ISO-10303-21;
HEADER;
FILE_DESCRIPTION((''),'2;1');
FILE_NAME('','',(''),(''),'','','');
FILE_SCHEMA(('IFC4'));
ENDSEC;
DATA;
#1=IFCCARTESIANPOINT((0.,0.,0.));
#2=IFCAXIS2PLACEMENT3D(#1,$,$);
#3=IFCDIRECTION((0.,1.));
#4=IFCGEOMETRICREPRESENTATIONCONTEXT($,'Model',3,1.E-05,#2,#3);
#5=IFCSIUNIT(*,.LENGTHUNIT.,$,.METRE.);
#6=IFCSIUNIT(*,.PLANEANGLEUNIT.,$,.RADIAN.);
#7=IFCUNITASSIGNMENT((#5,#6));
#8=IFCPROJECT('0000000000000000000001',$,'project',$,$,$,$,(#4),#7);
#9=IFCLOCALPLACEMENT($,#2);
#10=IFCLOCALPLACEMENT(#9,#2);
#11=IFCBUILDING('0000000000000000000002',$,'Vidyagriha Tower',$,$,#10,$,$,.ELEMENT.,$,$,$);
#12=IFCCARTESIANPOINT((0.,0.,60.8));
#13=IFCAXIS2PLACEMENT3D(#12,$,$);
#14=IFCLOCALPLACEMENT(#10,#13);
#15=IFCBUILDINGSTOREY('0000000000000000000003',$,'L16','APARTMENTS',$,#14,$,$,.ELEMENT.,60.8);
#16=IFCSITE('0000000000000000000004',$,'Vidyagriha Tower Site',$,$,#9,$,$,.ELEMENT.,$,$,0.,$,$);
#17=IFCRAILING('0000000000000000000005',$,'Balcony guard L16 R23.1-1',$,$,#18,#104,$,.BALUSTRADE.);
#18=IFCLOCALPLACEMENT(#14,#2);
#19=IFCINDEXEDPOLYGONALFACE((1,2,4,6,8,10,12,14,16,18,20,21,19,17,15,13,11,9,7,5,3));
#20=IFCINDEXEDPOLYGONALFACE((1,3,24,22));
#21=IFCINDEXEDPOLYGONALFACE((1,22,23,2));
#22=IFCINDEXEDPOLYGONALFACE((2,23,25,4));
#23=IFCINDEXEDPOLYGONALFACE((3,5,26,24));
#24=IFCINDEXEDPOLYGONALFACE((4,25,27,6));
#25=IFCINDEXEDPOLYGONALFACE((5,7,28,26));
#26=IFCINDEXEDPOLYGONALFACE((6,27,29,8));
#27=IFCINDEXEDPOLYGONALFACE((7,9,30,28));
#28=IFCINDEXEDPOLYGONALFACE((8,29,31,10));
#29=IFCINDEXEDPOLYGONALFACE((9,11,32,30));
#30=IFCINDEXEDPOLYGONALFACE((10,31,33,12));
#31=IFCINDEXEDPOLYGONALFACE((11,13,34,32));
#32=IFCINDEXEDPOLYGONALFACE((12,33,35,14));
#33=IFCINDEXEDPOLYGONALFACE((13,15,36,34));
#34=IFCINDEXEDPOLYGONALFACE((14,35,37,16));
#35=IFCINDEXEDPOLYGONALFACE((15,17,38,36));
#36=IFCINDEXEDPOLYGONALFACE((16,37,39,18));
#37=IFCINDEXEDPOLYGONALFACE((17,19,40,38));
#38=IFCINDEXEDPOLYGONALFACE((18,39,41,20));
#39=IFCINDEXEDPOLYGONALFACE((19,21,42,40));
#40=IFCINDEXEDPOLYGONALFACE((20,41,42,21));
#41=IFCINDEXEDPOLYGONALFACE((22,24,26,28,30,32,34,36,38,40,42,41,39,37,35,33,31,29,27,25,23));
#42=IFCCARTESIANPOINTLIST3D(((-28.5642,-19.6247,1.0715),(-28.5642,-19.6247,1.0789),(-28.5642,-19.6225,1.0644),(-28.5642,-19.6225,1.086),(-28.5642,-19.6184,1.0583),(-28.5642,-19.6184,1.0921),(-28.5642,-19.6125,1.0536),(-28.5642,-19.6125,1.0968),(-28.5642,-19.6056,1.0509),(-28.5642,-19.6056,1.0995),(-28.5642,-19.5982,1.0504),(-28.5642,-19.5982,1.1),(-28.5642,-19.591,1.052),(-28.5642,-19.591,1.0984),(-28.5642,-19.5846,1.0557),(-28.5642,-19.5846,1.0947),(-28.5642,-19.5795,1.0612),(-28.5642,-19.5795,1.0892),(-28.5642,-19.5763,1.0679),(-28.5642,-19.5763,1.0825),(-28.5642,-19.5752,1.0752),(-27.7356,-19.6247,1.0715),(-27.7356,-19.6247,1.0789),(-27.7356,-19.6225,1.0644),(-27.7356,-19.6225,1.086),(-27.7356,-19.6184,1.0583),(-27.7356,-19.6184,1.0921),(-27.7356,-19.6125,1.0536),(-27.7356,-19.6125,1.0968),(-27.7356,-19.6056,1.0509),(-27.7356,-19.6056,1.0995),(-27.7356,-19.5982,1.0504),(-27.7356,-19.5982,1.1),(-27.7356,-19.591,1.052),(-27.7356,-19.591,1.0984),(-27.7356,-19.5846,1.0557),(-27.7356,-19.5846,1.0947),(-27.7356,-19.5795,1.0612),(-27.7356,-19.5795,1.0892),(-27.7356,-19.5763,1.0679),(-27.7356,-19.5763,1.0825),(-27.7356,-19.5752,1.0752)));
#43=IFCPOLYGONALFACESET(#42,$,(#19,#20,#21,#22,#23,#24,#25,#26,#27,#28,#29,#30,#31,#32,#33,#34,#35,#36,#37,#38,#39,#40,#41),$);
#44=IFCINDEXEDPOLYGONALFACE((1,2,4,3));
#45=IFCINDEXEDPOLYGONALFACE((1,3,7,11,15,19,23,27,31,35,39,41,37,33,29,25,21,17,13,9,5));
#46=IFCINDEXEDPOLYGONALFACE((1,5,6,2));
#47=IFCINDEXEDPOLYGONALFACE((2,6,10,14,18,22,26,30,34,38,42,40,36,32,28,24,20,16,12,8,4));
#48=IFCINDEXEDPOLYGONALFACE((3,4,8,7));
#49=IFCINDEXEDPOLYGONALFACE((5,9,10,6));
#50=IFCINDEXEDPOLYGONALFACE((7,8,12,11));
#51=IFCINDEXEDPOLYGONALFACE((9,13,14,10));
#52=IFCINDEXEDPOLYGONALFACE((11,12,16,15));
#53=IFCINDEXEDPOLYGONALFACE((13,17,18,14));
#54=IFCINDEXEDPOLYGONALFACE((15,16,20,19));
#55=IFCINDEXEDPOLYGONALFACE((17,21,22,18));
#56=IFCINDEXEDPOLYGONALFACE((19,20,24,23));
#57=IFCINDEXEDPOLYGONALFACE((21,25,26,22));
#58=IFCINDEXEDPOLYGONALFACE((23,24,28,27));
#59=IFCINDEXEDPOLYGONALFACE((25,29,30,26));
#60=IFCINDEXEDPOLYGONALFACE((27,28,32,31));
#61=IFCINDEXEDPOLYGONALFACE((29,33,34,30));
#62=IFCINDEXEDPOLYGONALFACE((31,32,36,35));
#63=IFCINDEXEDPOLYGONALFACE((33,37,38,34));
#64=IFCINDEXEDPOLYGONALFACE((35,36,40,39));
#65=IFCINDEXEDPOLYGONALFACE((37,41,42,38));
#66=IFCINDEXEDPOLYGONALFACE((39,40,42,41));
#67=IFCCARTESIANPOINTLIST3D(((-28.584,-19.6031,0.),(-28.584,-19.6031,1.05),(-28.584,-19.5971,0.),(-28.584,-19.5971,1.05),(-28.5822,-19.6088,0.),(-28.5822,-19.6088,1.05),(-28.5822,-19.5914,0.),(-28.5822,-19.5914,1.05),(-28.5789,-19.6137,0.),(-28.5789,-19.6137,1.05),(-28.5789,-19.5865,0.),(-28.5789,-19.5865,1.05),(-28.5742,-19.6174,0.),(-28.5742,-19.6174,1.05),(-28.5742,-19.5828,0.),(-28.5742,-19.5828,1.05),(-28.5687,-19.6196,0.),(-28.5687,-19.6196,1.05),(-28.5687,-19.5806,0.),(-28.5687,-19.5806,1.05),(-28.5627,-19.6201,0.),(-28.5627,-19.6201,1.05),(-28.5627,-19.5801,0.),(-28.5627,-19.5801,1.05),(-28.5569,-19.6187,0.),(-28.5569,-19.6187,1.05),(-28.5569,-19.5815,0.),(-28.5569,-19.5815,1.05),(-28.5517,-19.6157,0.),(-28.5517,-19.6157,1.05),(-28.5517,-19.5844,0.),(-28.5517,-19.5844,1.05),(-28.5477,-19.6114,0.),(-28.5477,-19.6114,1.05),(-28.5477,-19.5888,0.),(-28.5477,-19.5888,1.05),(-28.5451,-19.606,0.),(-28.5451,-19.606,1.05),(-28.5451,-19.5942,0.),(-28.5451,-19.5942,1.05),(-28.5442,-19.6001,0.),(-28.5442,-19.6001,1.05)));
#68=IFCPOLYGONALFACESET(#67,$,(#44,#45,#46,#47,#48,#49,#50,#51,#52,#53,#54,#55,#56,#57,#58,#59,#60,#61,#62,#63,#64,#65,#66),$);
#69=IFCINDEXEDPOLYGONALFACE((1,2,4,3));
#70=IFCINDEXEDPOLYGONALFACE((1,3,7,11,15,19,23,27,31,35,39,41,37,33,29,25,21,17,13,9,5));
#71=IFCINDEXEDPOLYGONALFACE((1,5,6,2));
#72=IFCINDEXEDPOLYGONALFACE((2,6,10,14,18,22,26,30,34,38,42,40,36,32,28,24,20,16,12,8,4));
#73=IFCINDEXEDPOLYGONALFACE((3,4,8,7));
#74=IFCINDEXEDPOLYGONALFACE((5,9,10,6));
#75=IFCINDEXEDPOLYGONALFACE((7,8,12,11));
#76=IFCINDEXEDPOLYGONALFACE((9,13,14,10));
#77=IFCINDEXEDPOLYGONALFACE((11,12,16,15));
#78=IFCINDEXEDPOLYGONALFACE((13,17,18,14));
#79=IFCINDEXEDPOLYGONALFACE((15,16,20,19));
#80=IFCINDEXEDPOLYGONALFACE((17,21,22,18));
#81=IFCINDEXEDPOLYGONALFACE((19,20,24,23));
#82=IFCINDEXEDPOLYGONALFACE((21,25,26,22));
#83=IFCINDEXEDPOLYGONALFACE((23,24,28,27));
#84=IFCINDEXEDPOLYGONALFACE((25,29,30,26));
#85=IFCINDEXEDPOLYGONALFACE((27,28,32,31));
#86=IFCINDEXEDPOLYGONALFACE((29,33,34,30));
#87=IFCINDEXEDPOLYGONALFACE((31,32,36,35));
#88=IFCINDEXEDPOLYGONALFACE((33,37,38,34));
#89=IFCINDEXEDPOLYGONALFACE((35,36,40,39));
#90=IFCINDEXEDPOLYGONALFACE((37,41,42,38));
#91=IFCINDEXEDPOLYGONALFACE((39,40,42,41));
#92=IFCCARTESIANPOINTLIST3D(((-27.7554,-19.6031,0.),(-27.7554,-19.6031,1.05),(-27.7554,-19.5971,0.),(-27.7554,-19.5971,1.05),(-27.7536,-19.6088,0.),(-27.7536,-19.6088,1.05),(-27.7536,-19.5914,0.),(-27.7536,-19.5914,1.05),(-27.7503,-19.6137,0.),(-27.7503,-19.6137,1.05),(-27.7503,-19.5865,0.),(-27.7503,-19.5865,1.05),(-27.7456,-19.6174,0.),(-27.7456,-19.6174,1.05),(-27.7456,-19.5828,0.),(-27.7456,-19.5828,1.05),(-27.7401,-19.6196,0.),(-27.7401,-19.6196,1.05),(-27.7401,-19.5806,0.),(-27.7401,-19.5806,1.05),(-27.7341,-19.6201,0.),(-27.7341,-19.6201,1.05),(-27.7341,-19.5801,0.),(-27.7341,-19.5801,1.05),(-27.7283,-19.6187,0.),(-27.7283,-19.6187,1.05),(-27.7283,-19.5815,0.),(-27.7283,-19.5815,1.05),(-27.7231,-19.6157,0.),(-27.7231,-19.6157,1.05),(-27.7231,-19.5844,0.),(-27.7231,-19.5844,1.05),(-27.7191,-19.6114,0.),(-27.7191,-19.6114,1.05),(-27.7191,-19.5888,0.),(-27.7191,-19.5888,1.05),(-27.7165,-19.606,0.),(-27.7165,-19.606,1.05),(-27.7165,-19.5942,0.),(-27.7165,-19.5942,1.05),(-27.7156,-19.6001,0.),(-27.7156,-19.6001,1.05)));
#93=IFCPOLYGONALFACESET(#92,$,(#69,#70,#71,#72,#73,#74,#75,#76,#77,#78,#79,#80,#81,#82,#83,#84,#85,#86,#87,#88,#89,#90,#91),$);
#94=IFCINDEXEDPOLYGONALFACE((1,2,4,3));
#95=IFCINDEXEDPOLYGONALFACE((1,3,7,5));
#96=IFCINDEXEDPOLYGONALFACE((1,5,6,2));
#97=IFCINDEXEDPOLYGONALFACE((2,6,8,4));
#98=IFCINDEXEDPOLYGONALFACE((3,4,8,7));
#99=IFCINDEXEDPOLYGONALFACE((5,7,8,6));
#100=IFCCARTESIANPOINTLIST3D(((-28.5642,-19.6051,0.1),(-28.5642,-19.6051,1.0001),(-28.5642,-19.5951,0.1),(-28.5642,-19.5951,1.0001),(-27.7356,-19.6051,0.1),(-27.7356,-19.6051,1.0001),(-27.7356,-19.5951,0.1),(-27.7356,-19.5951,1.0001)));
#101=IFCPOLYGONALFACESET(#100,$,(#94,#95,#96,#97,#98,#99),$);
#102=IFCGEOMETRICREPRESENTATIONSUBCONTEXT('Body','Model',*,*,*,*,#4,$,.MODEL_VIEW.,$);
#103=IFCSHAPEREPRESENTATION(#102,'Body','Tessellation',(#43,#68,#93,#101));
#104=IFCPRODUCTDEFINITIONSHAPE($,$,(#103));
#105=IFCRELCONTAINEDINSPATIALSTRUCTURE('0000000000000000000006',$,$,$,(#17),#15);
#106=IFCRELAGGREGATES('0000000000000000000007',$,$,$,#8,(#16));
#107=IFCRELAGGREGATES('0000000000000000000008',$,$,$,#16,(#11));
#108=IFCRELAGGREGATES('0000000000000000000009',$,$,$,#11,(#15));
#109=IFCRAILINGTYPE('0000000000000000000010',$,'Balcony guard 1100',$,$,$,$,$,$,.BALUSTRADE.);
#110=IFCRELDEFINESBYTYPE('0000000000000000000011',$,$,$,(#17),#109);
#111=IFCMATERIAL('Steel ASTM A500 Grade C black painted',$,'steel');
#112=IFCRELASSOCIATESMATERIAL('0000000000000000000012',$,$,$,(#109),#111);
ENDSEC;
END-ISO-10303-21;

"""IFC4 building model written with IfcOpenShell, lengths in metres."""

from ifc_helpers import new_model, si_unit, direction, frame, origin, origin_2d, place, context, subcontext, project, spatial, rectangle, circle, extrude, material, type_object, element, save


model = new_model("IFC4")

# Units and contexts
model_context = context("Model", 3, precision=1e-05, world=origin(), true_north=direction((0.0, 1.0)))
body_context = subcontext(model_context, "Body", "Model", "MODEL_VIEW")
ifc_project = project(units=[si_unit("LENGTHUNIT", "METRE"), si_unit("PLANEANGLEUNIT", "RADIAN")], contexts=[model_context])

# Site, building, storey
site_placement = place(None, origin())
site = spatial("IfcSite", under=ifc_project, at=site_placement, Name="Vidyagriha Tower Site", CompositionType="ELEMENT", RefElevation=0.0)
building_placement = place(site_placement, origin())
building = spatial("IfcBuilding", under=site, at=building_placement, Name="Vidyagriha Tower", CompositionType="ELEMENT")
storey_placement = place(building_placement, frame((0.0, 0.0, 60.8)))
storey = spatial("IfcBuildingStorey", under=building, at=storey_placement, Name="L16", Description="APARTMENTS", CompositionType="ELEMENT", Elevation=60.8)

# Railing
ifc_material_1 = material(Name="Steel ASTM A500 Grade C black painted", Category="steel")
railing_type_1 = type_object("IfcRailingType", Name="Balcony guard 1100", PredefinedType="BALUSTRADE", material=ifc_material_1)
railing_1_placement = place(storey_placement, frame((-28.5642, -19.6001, 0.0)))
element("IfcRailing", 1, at=railing_1_placement, inside=storey, type_object=railing_type_1, Name="Balcony guard L16 R23.1-1", PredefinedType="BALUSTRADE", context=body_context, shape_type="SweptSolid", body=[
    extrude(circle(Radius=0.0249, at=origin_2d()), frame((0.0, 0.0, 1.0752), z_axis=(1.0, 0.0, 0.0), x_axis=(0.0, 1.0, 0.0)), (0.0, 0.0, 1.0), 0.8286),
    extrude(circle(Radius=0.02, at=origin_2d()), origin(), (0.0, 0.0, 1.0), 1.05),
    extrude(circle(Radius=0.02, at=origin_2d()), frame((0.8286, 0.0, 0.0)), (0.0, 0.0, 1.0), 1.05),
    extrude(rectangle(XDim=0.01, YDim=0.9001, at=origin_2d()), frame((0.0, 0.0, 0.55), z_axis=(1.0, 0.0, 0.0), x_axis=(0.0, 1.0, 0.0)), (0.0, 0.0, 1.0), 0.8286),
])

save(model, "model.ifc")
